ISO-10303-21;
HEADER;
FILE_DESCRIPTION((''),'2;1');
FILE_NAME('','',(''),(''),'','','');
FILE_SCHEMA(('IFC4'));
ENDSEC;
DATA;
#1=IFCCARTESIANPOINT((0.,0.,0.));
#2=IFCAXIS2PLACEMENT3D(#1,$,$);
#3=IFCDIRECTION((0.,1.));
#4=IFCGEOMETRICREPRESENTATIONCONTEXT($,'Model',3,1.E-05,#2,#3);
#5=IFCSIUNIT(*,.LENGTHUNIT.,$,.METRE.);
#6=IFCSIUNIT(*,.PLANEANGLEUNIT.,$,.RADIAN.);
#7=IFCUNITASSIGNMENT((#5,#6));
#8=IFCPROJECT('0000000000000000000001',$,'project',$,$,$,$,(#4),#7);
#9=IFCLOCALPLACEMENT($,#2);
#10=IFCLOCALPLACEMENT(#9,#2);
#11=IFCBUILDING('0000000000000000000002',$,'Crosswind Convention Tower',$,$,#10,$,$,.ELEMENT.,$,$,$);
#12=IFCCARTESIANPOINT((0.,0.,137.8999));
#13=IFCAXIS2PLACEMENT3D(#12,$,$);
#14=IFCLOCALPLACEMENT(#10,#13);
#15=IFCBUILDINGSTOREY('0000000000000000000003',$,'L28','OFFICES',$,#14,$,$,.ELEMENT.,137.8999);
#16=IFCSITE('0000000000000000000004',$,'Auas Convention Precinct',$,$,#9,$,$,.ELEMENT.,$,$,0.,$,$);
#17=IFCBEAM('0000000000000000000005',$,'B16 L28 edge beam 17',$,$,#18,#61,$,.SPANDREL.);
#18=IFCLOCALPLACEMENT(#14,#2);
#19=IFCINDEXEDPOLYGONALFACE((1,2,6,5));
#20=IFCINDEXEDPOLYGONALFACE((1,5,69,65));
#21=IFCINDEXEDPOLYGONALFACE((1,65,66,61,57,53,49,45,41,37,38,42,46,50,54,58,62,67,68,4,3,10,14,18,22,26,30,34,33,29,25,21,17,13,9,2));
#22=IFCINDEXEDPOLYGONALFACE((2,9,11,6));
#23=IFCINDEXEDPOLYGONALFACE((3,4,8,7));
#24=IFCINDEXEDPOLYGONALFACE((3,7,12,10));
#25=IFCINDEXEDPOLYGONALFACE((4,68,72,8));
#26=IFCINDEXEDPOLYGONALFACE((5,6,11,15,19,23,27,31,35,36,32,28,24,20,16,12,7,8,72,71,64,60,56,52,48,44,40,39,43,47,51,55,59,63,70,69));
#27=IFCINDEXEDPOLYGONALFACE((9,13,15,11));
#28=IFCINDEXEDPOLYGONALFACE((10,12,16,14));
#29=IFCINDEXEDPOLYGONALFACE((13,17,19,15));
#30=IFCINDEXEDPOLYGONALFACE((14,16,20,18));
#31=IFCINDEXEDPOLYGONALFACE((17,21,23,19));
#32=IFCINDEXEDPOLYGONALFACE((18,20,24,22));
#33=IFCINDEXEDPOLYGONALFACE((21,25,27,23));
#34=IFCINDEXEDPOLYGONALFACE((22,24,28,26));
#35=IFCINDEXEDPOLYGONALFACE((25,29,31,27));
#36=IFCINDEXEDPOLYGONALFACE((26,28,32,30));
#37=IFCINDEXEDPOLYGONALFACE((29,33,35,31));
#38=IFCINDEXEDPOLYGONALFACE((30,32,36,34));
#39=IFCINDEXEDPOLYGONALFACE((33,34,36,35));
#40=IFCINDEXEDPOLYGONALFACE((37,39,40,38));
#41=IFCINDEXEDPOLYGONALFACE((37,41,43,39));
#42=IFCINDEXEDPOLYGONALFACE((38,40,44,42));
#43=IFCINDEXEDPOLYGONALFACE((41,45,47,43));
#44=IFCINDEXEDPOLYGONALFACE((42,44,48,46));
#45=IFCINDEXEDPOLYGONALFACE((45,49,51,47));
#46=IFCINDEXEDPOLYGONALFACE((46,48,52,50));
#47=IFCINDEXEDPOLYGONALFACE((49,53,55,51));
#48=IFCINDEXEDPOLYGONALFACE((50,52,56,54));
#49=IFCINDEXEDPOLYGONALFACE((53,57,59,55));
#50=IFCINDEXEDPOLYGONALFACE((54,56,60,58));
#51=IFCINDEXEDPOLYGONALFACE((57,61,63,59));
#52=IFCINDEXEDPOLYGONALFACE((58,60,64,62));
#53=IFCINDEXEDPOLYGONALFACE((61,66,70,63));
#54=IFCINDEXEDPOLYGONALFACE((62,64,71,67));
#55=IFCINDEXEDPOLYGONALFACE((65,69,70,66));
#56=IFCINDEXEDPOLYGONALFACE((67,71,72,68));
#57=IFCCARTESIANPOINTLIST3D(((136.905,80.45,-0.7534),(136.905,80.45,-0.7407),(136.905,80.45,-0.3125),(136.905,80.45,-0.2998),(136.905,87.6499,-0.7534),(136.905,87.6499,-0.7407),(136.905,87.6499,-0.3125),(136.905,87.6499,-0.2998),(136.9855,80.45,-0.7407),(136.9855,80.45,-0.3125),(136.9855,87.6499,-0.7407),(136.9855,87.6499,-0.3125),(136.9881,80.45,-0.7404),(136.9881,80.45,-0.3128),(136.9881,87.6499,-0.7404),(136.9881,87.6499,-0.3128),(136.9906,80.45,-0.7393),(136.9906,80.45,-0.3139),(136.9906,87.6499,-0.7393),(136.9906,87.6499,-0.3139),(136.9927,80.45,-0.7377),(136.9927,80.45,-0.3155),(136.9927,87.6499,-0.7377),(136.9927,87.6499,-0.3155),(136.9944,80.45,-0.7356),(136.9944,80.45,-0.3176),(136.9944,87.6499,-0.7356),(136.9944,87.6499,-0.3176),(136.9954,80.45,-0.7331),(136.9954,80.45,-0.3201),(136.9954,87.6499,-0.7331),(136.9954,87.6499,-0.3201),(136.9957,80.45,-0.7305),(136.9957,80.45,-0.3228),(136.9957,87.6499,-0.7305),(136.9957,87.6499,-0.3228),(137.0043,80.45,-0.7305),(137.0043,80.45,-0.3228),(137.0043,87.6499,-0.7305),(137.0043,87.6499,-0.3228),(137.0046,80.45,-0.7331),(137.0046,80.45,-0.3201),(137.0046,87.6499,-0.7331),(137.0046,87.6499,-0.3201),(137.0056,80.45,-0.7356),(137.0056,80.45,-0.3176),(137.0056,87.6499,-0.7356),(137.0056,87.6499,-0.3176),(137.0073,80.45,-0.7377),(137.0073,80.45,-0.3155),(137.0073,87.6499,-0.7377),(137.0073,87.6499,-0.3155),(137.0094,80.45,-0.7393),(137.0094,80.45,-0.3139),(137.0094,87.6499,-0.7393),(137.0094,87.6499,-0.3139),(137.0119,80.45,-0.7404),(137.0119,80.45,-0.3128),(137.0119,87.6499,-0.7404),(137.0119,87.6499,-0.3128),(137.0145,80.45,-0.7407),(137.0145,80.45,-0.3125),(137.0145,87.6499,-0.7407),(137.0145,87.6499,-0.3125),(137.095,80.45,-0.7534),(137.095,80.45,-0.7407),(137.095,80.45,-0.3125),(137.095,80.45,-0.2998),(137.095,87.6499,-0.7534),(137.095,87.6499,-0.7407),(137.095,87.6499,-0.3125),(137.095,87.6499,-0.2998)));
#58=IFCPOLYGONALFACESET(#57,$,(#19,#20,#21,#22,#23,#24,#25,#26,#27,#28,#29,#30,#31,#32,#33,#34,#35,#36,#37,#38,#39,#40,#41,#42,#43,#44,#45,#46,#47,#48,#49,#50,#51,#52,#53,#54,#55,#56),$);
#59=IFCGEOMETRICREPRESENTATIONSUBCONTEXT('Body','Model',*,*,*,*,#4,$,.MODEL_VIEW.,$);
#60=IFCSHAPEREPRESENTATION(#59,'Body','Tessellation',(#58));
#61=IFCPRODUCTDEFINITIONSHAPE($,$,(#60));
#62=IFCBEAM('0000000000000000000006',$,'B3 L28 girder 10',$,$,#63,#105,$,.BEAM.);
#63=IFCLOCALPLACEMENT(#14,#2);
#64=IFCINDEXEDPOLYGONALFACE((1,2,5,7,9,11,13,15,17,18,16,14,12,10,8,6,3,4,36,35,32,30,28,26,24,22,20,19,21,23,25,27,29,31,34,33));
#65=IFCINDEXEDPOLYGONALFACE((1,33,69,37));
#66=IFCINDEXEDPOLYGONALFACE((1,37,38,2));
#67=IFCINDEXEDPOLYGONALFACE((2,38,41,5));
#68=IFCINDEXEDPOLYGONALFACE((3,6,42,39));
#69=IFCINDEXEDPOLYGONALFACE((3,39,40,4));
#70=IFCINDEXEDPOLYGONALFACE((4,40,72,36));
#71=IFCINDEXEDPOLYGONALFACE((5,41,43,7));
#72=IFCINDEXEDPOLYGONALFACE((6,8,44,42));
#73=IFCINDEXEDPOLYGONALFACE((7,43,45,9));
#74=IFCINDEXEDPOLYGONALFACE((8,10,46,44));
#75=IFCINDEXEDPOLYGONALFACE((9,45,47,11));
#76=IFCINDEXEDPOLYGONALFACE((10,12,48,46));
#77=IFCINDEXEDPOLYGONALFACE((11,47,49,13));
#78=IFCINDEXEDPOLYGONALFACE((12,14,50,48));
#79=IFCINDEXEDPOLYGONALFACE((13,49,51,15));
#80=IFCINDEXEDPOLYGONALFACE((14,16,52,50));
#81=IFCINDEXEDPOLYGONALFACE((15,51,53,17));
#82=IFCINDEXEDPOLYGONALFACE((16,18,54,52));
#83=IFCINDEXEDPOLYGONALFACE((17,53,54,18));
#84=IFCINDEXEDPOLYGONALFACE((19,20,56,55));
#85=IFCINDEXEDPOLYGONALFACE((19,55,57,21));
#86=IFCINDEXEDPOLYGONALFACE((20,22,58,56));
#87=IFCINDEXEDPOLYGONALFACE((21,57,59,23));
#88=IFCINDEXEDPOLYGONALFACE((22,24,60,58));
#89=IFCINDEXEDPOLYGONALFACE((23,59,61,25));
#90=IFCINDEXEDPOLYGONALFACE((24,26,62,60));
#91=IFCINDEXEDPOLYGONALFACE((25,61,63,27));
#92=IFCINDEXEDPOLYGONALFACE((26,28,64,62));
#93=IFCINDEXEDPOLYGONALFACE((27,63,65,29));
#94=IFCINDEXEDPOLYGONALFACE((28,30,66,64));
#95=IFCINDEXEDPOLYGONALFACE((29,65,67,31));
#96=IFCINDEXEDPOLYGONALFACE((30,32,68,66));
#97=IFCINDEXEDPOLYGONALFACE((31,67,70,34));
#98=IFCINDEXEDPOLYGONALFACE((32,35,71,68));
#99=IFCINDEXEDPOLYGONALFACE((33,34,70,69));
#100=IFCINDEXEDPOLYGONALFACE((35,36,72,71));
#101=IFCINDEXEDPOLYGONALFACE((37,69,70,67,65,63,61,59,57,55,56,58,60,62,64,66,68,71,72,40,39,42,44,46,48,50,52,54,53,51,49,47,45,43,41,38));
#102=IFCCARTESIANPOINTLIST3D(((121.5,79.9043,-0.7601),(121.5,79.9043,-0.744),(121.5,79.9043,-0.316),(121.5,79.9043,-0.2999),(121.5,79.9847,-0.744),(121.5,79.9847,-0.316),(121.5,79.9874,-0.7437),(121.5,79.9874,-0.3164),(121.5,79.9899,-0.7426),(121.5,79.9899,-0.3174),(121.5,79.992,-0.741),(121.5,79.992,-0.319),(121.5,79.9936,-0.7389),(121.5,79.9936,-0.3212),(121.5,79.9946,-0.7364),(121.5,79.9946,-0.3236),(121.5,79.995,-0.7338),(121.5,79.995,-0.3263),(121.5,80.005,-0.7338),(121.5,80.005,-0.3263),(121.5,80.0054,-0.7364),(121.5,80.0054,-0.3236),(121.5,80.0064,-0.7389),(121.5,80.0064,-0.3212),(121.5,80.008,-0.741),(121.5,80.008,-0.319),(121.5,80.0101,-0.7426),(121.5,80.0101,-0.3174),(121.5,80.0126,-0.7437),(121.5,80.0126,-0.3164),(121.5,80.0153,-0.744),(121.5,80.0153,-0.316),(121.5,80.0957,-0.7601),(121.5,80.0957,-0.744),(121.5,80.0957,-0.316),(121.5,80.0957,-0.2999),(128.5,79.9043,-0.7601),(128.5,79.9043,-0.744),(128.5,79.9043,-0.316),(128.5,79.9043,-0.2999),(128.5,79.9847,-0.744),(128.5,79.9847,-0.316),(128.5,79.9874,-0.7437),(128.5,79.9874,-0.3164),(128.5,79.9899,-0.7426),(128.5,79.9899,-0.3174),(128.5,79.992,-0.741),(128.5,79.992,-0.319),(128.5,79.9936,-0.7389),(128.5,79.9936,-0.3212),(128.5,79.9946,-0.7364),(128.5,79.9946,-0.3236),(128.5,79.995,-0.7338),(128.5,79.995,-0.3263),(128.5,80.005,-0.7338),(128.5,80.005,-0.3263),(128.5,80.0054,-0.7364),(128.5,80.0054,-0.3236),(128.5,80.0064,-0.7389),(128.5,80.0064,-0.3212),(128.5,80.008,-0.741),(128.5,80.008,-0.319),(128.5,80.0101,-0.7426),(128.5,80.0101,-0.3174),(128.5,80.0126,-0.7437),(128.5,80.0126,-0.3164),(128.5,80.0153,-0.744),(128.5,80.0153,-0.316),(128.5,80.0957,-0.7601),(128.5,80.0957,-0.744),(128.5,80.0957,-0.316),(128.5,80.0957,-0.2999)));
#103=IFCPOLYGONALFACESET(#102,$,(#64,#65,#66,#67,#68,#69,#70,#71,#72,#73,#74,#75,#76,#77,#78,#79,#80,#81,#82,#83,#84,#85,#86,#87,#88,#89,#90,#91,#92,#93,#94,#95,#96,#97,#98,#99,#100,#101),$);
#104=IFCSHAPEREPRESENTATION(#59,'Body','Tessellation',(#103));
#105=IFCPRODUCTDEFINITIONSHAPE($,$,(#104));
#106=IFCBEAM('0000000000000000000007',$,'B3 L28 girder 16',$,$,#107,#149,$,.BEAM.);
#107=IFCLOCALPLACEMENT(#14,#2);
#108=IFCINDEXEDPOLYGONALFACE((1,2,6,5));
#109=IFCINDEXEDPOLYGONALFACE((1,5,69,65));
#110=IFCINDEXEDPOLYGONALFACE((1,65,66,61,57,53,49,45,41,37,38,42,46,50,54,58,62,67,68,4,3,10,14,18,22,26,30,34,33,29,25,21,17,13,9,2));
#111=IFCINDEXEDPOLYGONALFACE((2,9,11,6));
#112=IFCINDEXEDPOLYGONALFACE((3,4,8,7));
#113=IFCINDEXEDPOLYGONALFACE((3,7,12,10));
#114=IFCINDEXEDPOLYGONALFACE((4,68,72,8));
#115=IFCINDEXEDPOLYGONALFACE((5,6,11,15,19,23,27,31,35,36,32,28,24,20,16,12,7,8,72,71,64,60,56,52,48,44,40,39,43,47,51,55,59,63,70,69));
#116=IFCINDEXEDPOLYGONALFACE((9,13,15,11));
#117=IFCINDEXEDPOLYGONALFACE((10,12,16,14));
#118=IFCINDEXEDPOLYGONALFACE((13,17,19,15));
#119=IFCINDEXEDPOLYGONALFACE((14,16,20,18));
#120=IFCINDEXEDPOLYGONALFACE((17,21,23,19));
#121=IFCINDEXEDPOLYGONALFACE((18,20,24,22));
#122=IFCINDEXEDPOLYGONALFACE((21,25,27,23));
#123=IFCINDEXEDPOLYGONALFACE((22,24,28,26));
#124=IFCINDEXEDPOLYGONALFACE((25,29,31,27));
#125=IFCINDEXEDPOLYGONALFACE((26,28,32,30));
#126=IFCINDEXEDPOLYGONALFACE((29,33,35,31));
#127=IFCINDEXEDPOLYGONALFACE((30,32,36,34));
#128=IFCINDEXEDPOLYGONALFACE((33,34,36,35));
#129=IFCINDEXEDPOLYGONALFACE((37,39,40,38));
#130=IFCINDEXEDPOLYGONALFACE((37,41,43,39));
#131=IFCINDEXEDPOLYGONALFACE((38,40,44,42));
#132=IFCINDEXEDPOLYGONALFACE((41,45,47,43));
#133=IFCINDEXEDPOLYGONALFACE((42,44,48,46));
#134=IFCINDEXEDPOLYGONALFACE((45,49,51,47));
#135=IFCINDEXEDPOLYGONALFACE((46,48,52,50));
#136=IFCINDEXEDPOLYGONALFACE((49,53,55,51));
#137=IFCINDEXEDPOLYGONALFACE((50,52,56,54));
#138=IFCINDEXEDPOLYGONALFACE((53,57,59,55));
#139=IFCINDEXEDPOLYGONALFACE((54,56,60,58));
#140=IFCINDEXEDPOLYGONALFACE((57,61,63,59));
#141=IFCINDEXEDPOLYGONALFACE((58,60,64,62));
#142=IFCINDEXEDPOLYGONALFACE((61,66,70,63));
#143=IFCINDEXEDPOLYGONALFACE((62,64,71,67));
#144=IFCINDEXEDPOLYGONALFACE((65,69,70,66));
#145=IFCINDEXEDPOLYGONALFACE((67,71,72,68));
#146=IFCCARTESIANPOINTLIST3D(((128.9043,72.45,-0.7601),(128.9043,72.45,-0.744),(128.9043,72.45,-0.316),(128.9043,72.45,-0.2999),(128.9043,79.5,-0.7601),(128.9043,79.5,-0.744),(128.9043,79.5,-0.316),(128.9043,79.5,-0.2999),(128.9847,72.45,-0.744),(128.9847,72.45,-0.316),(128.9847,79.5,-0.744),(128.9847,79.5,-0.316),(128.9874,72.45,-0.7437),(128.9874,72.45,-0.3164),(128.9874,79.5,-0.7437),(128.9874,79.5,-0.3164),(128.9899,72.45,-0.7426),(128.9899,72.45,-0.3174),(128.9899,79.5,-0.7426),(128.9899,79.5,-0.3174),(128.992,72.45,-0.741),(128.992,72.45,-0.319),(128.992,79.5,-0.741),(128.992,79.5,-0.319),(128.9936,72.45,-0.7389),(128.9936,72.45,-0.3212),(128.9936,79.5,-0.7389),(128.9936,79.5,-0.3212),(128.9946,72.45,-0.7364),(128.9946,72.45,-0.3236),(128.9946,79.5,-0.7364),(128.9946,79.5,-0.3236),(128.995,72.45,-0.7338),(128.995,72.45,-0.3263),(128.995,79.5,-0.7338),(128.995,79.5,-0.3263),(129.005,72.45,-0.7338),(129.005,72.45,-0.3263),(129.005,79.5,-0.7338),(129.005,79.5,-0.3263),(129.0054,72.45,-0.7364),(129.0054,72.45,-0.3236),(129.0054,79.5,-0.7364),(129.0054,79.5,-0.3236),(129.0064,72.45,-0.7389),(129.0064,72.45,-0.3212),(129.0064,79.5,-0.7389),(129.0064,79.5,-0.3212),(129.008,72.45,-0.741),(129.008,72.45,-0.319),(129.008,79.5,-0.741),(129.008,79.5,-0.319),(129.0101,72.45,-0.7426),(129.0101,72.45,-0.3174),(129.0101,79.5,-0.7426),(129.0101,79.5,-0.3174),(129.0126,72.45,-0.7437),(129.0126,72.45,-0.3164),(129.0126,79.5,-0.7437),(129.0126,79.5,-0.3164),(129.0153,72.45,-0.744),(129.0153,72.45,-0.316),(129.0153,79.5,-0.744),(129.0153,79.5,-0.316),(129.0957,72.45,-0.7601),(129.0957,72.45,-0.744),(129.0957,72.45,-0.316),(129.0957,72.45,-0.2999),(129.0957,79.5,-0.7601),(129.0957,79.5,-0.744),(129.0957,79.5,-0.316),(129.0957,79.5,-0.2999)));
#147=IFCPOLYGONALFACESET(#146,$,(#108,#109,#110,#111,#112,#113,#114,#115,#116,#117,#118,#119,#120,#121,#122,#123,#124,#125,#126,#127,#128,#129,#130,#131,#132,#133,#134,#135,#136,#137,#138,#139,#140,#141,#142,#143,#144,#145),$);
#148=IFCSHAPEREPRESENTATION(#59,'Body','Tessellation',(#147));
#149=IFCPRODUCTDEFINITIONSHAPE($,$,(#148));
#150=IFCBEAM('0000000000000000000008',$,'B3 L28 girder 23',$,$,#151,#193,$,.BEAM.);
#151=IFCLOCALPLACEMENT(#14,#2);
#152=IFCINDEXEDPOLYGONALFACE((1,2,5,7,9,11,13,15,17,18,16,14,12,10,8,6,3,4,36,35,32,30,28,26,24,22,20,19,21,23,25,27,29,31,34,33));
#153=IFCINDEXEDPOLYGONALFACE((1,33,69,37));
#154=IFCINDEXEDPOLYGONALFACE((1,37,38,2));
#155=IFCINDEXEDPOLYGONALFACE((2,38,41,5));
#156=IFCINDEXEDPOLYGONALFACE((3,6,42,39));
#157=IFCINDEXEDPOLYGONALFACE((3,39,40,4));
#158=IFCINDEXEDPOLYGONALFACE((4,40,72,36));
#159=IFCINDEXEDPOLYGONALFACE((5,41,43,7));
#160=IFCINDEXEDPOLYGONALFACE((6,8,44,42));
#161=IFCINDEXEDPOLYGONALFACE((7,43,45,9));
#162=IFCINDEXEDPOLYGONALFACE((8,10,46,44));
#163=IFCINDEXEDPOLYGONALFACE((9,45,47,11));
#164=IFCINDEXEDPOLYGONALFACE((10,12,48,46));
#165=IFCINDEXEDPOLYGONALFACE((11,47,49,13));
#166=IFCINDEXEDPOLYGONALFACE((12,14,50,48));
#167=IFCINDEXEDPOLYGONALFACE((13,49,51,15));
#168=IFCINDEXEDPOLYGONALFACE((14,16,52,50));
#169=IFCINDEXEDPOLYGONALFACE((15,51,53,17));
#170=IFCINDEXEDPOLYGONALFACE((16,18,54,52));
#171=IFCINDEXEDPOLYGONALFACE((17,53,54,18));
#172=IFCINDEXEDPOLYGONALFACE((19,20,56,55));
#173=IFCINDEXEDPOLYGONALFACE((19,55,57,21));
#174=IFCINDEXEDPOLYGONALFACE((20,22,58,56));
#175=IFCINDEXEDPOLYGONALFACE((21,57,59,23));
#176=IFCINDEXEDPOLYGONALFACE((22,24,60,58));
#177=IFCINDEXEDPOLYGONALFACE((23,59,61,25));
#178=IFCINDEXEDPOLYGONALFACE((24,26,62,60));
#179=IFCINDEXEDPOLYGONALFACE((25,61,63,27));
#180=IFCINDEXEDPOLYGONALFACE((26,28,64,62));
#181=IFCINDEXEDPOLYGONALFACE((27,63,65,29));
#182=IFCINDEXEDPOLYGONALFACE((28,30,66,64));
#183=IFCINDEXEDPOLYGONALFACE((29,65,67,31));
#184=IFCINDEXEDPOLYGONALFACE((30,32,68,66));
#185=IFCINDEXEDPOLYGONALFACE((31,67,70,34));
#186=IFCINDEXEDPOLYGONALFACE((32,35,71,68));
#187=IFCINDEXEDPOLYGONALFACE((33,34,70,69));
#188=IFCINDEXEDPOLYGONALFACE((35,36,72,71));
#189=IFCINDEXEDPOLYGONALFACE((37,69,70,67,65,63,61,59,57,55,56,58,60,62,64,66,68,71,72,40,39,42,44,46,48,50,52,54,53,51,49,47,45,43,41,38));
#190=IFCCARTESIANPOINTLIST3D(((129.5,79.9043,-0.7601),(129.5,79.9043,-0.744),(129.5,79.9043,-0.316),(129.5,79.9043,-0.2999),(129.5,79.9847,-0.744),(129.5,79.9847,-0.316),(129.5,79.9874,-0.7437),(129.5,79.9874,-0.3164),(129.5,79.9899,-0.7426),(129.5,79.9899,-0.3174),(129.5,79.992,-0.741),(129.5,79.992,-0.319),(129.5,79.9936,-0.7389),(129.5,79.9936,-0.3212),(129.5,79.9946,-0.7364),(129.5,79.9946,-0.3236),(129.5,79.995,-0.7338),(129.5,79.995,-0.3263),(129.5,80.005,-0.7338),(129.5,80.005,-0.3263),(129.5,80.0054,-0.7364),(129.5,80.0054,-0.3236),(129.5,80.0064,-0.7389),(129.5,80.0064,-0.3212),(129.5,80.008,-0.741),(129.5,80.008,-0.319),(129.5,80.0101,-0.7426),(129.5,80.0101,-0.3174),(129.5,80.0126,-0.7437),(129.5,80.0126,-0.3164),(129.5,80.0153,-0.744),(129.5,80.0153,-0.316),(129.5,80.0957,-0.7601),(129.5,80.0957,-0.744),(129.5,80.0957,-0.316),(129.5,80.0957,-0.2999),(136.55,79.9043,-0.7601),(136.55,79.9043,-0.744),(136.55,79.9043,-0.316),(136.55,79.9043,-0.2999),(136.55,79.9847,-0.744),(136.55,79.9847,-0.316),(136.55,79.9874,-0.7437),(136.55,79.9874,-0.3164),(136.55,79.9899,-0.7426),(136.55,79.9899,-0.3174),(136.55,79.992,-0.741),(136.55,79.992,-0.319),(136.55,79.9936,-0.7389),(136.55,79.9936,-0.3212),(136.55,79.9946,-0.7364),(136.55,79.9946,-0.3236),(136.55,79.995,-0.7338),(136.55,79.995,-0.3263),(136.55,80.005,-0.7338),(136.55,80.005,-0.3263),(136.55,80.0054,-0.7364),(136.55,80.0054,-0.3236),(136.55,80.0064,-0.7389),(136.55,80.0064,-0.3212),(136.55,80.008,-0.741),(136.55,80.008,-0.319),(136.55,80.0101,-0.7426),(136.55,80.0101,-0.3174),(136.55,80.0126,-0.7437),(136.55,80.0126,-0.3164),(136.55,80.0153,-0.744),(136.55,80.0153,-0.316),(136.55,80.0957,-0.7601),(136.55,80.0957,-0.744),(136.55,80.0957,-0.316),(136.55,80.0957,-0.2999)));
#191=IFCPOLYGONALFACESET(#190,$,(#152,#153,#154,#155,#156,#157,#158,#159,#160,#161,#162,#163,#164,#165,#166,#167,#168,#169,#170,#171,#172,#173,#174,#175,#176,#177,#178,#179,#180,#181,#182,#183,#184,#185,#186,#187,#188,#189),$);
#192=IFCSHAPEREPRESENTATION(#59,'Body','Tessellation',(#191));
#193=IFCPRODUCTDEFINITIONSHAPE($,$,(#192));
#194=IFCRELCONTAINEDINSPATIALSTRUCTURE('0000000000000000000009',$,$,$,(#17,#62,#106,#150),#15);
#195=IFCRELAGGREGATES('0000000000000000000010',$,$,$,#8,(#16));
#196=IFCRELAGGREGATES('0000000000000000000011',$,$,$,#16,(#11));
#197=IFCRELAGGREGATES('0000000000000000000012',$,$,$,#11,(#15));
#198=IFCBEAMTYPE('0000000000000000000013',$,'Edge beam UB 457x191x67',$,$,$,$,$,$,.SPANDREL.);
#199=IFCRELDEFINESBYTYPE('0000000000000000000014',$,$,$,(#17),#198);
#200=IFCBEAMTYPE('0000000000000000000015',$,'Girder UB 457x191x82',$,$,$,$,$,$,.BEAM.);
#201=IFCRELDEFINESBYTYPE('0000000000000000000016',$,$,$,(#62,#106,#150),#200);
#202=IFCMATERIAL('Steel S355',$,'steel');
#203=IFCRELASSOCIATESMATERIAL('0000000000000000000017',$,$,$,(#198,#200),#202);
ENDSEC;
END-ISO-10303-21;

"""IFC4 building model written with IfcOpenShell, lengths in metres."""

from ifc_helpers import new_model, si_unit, direction, frame, origin, origin_2d, place, context, subcontext, project, spatial, i_section, extrude, material, material_profile, profile_set, type_object, element, save


model = new_model("IFC4")

# Units and contexts
model_context = context("Model", 3, precision=1e-05, world=origin(), true_north=direction((0.0, 1.0)))
body_context = subcontext(model_context, "Body", "Model", "MODEL_VIEW")
ifc_project = project(units=[si_unit("LENGTHUNIT", "METRE"), si_unit("PLANEANGLEUNIT", "RADIAN")], contexts=[model_context])

# Site, building, storey
site_placement = place(None, origin())
site = spatial("IfcSite", under=ifc_project, at=site_placement, Name="Auas Convention Precinct", CompositionType="ELEMENT", RefElevation=0.0)
building_placement = place(site_placement, origin())
building = spatial("IfcBuilding", under=site, at=building_placement, Name="Crosswind Convention Tower", CompositionType="ELEMENT")
storey_placement = place(building_placement, frame((0.0, 0.0, 137.8999)))
storey = spatial("IfcBuildingStorey", under=building, at=storey_placement, Name="L28", Description="OFFICES", CompositionType="ELEMENT", Elevation=137.8999)

# Beams
ifc_material_1 = material(Name="Steel S355", Category="steel")
ifc_material_profile_1 = material_profile(ifc_material_1, i_section(OverallWidth=0.1899, OverallDepth=0.4536, WebThickness=0.0085, FlangeThickness=0.0127, FilletRadius=0.0103, at=origin_2d()), Name="UB 457x191x67")
ifc_profile_set_1 = profile_set([ifc_material_profile_1], Name="Steel S355")
beam_type_1 = type_object("IfcBeamType", Name="Edge beam UB 457x191x67", PredefinedType="SPANDREL", material=ifc_profile_set_1)
for number, where, z_axis, x_axis, name in (
    (1, (137.0, 80.45, -0.5266), (0.0, 1.0, 0.0), (-1.0, 0.0, 0.0), "B16 L28 edge beam 17"),
):
    element("IfcBeam", number, at=place(storey_placement, frame(where, z_axis=z_axis, x_axis=x_axis)), inside=storey, type_object=beam_type_1, Name=name, PredefinedType="SPANDREL", context=body_context, shape_type="SweptSolid", body=[
        extrude(i_section(OverallWidth=0.1899, OverallDepth=0.4536, WebThickness=0.0085, FlangeThickness=0.0127, FilletRadius=0.0103, at=origin_2d()), origin(), (0.0, 0.0, 1.0), 7.2),
    ])
ifc_material_profile_2 = material_profile(ifc_material_1, i_section(OverallWidth=0.1914, OverallDepth=0.4602, WebThickness=0.01, FlangeThickness=0.0161, FilletRadius=0.0103, at=origin_2d()), Name="UB 457x191x82")
ifc_profile_set_2 = profile_set([ifc_material_profile_2], Name="Steel S355")
beam_type_2 = type_object("IfcBeamType", Name="Girder UB 457x191x82", PredefinedType="BEAM", material=ifc_profile_set_2)
beam_1_placement = place(storey_placement, frame((121.5, 80.0, -0.53), z_axis=(1.0, 0.0, 0.0), x_axis=(0.0, 1.0, 0.0)))
element("IfcBeam", 2, at=beam_1_placement, inside=storey, type_object=beam_type_2, Name="B3 L28 girder 10", PredefinedType="BEAM", context=body_context, shape_type="SweptSolid", body=[
    extrude(i_section(OverallWidth=0.1914, OverallDepth=0.4602, WebThickness=0.01, FlangeThickness=0.0161, FilletRadius=0.0103, at=origin_2d()), origin(), (0.0, 0.0, 1.0), 7.0),
])
for number, where, z_axis, x_axis, name in (
    (3, (129.0, 72.45, -0.53), (0.0, 1.0, 0.0), (-1.0, 0.0, 0.0), "B3 L28 girder 16"),
    (4, (129.5, 80.0, -0.53), (1.0, 0.0, 0.0), (0.0, 1.0, 0.0), "B3 L28 girder 23"),
):
    element("IfcBeam", number, at=place(storey_placement, frame(where, z_axis=z_axis, x_axis=x_axis)), inside=storey, type_object=beam_type_2, Name=name, PredefinedType="BEAM", context=body_context, shape_type="SweptSolid", body=[
        extrude(i_section(OverallWidth=0.1914, OverallDepth=0.4602, WebThickness=0.01, FlangeThickness=0.0161, FilletRadius=0.0103, at=origin_2d()), origin(), (0.0, 0.0, 1.0), 7.05),
    ])

save(model, "model.ifc")
